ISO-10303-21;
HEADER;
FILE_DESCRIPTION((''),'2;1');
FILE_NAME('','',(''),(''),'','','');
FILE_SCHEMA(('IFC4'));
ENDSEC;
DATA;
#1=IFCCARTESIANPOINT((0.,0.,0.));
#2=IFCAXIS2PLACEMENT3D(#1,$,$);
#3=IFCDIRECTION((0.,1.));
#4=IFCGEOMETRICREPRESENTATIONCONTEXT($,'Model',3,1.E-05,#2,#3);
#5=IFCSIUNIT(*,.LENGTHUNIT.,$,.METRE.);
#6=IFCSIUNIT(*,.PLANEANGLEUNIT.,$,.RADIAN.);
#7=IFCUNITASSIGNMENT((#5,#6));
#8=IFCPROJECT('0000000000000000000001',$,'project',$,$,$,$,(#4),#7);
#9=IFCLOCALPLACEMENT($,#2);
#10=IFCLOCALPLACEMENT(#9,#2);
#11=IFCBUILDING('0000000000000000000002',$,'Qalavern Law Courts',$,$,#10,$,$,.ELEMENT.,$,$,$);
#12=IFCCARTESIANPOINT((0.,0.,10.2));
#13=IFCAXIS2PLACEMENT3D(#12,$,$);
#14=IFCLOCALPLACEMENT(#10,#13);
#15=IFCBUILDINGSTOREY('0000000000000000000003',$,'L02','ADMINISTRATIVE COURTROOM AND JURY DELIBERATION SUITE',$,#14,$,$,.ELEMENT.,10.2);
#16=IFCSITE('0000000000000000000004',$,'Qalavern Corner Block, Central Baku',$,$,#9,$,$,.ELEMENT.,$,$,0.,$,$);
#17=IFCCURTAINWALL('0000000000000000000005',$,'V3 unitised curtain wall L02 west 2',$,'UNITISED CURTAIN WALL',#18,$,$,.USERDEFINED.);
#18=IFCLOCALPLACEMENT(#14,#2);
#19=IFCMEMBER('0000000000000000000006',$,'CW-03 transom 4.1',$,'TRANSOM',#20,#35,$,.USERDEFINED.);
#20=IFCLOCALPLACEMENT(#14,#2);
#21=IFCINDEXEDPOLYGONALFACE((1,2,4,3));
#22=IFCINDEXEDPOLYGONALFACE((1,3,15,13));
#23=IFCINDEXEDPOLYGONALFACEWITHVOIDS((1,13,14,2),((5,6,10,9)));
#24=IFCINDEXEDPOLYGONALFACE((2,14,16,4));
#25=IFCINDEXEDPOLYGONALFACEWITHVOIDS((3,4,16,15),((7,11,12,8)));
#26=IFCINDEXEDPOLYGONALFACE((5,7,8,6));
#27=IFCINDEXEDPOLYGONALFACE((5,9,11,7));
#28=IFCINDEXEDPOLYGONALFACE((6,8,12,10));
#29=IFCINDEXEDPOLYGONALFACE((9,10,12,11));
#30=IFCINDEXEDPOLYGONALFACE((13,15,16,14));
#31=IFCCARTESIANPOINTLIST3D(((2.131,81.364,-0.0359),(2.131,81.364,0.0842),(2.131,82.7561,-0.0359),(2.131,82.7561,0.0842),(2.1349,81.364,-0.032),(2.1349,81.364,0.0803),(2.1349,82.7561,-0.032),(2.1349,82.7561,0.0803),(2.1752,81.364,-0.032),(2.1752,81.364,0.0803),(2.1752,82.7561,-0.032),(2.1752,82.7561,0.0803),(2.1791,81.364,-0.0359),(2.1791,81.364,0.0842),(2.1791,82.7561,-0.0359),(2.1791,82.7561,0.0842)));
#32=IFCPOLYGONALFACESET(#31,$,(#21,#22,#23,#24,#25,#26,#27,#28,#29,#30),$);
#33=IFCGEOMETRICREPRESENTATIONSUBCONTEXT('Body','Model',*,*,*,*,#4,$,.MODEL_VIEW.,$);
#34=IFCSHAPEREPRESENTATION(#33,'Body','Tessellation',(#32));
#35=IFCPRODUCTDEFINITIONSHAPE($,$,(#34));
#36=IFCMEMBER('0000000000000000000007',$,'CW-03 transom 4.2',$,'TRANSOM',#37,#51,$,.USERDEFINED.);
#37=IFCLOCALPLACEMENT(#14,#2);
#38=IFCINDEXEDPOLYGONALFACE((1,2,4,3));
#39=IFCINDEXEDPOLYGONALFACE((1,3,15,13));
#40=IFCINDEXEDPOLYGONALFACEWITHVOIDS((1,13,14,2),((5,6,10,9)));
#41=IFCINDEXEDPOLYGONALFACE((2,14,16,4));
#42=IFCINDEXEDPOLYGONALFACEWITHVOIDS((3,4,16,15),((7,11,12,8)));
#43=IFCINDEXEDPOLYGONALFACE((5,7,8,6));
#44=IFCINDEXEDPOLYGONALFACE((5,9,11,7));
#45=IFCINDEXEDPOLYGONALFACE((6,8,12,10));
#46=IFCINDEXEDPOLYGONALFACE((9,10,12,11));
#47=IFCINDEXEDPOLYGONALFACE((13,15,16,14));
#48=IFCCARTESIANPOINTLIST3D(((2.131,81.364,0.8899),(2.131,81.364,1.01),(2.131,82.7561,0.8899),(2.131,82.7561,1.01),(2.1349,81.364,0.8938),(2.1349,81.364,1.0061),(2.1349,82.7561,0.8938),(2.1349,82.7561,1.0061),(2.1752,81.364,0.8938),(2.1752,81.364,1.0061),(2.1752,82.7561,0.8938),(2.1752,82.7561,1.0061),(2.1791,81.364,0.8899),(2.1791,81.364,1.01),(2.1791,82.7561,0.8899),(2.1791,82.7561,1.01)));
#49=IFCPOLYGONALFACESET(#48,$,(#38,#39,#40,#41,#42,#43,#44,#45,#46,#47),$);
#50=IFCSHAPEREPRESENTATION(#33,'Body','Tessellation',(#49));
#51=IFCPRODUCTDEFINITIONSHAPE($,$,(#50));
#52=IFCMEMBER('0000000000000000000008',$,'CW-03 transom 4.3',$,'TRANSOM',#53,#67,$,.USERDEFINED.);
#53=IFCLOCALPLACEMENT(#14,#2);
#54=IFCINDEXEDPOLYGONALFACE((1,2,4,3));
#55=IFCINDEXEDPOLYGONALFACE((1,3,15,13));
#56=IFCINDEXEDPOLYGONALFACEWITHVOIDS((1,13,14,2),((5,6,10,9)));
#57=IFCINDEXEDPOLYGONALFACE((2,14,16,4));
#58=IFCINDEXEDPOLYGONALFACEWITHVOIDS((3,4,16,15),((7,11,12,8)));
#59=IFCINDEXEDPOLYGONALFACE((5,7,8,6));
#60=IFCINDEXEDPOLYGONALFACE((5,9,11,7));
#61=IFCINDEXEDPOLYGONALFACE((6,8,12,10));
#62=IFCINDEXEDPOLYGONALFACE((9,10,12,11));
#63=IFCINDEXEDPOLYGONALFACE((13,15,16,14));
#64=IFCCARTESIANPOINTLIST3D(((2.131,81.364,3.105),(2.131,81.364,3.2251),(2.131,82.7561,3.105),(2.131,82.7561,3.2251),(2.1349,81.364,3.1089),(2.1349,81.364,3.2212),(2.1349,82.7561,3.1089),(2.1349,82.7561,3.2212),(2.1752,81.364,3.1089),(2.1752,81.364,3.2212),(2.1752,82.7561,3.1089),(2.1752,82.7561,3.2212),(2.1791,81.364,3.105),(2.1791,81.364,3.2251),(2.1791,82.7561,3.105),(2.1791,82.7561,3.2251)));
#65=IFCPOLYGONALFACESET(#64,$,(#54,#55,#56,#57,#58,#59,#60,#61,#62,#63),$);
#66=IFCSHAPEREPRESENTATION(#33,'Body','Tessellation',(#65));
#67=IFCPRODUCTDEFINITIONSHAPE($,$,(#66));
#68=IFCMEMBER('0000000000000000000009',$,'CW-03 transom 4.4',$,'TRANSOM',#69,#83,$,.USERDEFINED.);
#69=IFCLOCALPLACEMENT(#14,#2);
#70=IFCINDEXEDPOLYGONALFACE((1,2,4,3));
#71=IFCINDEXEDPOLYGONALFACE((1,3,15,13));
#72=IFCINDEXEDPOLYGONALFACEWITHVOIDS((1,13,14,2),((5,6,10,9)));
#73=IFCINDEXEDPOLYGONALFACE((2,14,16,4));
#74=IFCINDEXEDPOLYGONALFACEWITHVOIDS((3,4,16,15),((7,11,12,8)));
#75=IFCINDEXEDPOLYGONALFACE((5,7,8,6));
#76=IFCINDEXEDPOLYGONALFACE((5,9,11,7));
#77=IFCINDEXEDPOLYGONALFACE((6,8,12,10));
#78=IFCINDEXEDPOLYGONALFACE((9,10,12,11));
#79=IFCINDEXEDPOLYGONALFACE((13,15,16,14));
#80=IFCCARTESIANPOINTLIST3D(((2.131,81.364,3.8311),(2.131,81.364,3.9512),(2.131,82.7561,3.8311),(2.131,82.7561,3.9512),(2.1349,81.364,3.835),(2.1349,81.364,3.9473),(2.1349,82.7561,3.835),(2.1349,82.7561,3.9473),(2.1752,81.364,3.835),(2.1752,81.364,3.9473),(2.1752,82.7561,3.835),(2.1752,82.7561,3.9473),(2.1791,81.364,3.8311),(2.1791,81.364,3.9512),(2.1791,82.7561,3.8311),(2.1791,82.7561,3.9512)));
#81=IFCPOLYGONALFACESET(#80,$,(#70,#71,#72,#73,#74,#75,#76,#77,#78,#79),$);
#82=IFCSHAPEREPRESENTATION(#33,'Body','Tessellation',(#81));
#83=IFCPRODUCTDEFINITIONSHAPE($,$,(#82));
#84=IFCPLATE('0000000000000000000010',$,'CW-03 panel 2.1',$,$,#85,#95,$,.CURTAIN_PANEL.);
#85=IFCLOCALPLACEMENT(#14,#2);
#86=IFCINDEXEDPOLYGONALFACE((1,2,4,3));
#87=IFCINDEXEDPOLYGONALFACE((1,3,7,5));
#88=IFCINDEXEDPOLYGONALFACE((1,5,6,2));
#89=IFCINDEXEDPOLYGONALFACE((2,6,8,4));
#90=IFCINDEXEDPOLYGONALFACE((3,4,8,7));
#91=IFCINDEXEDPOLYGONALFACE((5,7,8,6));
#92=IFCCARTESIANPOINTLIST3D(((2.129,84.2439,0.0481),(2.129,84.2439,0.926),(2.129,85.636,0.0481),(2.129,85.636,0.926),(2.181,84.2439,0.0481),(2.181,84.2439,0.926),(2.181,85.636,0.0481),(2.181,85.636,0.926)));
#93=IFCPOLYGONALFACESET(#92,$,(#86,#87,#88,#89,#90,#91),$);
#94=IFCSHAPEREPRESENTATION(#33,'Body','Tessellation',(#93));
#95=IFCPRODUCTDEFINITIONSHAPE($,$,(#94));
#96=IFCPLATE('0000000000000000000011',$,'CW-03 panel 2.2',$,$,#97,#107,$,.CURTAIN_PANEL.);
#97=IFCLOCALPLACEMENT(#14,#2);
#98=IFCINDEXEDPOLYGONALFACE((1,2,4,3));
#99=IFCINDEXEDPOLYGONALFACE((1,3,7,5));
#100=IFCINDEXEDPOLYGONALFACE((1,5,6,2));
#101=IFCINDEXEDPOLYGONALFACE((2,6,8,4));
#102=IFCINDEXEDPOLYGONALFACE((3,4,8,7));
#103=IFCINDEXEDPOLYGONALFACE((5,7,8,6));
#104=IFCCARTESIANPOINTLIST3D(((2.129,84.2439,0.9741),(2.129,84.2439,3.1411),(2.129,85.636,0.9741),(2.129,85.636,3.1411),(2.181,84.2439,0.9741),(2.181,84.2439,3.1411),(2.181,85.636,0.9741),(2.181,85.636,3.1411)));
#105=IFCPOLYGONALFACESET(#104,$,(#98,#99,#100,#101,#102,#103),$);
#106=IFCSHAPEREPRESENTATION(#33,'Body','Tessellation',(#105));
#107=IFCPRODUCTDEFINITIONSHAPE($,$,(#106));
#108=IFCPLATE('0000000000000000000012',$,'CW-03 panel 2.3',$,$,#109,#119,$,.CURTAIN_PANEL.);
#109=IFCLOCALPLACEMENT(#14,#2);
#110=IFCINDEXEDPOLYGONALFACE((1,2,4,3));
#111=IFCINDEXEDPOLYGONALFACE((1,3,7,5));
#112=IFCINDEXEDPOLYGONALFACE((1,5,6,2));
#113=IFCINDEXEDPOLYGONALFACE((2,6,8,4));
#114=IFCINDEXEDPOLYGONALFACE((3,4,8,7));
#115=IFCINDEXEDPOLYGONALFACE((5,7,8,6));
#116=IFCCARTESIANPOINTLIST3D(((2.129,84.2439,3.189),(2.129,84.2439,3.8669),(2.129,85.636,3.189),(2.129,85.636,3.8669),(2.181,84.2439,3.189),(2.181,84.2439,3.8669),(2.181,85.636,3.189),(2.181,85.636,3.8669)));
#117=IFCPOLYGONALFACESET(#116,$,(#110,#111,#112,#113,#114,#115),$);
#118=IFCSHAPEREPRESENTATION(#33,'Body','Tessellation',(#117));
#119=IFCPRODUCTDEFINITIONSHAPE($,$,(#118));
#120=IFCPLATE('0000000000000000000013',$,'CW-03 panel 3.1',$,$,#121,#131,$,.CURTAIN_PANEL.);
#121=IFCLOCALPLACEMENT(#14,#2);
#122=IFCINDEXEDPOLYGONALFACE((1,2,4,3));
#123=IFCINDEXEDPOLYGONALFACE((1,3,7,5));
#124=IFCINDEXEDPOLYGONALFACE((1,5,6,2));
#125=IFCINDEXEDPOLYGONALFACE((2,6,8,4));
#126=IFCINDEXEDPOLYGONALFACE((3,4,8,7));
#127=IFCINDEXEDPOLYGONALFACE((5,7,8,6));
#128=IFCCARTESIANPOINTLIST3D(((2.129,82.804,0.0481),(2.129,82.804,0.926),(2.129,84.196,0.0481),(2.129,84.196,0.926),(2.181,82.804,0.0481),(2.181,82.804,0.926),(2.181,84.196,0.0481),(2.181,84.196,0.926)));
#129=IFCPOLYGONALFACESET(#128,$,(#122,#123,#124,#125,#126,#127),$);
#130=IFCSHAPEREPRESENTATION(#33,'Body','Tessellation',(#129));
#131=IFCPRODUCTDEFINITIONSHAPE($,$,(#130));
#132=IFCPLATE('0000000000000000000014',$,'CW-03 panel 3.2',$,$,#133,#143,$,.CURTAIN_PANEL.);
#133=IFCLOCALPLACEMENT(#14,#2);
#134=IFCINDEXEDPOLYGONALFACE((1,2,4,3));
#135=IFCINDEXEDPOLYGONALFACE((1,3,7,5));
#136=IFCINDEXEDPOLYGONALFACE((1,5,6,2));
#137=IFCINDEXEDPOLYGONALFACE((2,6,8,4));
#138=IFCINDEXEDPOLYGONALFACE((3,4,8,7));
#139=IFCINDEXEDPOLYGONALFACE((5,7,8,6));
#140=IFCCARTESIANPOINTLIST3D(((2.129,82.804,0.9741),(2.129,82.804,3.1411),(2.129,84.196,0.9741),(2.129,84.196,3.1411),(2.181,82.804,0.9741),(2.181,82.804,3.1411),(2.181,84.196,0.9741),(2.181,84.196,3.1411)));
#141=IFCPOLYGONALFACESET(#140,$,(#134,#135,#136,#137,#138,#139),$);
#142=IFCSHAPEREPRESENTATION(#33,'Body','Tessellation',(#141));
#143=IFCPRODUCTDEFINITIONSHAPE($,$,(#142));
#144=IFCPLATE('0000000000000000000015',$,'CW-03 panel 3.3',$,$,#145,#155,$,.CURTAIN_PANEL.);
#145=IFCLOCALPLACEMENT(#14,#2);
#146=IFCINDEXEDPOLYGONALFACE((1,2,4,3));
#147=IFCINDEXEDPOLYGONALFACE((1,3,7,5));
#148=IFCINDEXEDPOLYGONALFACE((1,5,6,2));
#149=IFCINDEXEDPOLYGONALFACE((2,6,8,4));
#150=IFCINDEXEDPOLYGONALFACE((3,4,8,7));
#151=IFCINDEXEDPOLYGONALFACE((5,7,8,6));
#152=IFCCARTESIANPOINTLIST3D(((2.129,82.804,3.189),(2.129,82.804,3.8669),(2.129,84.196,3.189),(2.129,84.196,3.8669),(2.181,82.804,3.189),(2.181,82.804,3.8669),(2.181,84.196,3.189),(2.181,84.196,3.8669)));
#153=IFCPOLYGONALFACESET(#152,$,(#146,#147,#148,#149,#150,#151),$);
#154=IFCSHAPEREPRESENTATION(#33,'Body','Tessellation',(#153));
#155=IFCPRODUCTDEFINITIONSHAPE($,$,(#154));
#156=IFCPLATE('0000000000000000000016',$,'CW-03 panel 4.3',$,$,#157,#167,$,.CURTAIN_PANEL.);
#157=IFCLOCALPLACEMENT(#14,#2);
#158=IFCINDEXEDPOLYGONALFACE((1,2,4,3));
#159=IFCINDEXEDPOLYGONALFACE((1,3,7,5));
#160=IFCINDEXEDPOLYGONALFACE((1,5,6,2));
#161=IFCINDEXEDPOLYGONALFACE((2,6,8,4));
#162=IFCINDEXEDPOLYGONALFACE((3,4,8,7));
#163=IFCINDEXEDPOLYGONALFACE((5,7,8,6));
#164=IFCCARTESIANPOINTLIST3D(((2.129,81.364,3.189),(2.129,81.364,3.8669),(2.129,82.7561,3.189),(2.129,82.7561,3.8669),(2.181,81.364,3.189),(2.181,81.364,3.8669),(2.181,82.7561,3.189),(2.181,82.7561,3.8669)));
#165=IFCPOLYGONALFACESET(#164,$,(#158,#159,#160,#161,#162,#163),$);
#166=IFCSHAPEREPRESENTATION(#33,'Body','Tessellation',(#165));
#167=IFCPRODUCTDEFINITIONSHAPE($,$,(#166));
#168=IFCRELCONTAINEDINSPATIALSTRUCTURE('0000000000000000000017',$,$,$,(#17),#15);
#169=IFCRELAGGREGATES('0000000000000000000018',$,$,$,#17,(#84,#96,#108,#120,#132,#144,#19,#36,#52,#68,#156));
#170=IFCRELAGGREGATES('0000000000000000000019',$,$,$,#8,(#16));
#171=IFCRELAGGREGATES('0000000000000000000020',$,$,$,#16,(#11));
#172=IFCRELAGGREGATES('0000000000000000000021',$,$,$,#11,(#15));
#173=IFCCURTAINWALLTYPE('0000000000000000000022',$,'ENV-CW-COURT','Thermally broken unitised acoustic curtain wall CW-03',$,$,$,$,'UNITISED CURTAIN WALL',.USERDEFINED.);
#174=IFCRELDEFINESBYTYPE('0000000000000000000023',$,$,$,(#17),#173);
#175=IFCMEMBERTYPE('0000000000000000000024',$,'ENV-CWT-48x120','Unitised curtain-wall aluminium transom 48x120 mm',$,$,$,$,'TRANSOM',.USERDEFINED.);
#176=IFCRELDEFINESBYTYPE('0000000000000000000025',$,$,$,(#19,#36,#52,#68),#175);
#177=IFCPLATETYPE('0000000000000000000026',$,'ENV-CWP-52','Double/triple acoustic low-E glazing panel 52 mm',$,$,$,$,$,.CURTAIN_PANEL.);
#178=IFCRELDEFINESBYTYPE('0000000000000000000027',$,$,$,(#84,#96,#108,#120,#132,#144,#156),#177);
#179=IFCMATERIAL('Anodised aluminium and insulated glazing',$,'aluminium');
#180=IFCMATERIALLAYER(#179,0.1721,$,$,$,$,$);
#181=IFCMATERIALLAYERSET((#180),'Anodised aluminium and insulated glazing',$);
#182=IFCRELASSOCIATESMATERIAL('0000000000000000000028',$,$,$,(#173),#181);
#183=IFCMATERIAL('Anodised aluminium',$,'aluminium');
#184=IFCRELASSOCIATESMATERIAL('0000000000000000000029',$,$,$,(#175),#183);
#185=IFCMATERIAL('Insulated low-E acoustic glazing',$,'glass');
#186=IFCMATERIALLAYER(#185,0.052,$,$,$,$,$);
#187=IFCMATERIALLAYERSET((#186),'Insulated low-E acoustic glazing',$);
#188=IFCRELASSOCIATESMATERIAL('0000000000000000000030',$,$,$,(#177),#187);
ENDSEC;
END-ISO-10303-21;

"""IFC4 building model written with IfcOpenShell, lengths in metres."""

from ifc_helpers import new_model, si_unit, direction, frame, origin, origin_2d, place, context, subcontext, project, spatial, rectangle, hollow_rectangle, extrude, material, layer, layer_set, material_profile, profile_set, type_object, element, aggregate, save


model = new_model("IFC4")

# Units and contexts
model_context = context("Model", 3, precision=1e-05, world=origin(), true_north=direction((0.0, 1.0)))
body_context = subcontext(model_context, "Body", "Model", "MODEL_VIEW")
ifc_project = project(units=[si_unit("LENGTHUNIT", "METRE"), si_unit("PLANEANGLEUNIT", "RADIAN")], contexts=[model_context])

# Site, building, storey
site_placement = place(None, origin())
site = spatial("IfcSite", under=ifc_project, at=site_placement, Name="Qalavern Corner Block, Central Baku", CompositionType="ELEMENT", RefElevation=0.0)
building_placement = place(site_placement, origin())
building = spatial("IfcBuilding", under=site, at=building_placement, Name="Qalavern Law Courts", CompositionType="ELEMENT")
storey_placement = place(building_placement, frame((0.0, 0.0, 10.2)))
storey = spatial("IfcBuildingStorey", under=building, at=storey_placement, Name="L02", Description="ADMINISTRATIVE COURTROOM AND JURY DELIBERATION SUITE", CompositionType="ELEMENT", Elevation=10.2)

# Curtain wall, members, plates
ifc_material_1 = material(Name="Anodised aluminium and insulated glazing", Category="aluminium")
ifc_layer_1 = layer(ifc_material_1, 0.1721)
ifc_layer_set_1 = layer_set([ifc_layer_1], Name="Anodised aluminium and insulated glazing")
curtain_wall_type = type_object("IfcCurtainWallType", Name="ENV-CW-COURT", Description="Thermally broken unitised acoustic curtain wall CW-03", ElementType="UNITISED CURTAIN WALL", PredefinedType="USERDEFINED", material=ifc_layer_set_1)
curtain_wall_placement = place(storey_placement, origin())
curtain_wall = element("IfcCurtainWall", 1, at=curtain_wall_placement, inside=storey, type_object=curtain_wall_type, Name="V3 unitised curtain wall L02 west 2", ObjectType="UNITISED CURTAIN WALL", PredefinedType="USERDEFINED")
ifc_material_2 = material(Name="Anodised aluminium", Category="aluminium")
ifc_material_profile_1 = material_profile(ifc_material_2, hollow_rectangle(XDim=0.0481, YDim=0.1201, WallThickness=0.0039, at=origin_2d()), Name="ALU TRANSOM 48x120")
ifc_profile_set_1 = profile_set([ifc_material_profile_1], Name="Anodised aluminium")
member_type_1 = type_object("IfcMemberType", Name="ENV-CWT-48x120", Description="Unitised curtain-wall aluminium transom 48x120 mm", ElementType="TRANSOM", PredefinedType="USERDEFINED", material=ifc_profile_set_1)
member_1_placement = place(storey_placement, frame((2.155, 82.7561, 0.0242), z_axis=(0.0, -1.0, 0.0), x_axis=(1.0, 0.0, 0.0)))
member_1 = element("IfcMember", 2, at=member_1_placement, type_object=member_type_1, Name="CW-03 transom 4.1", ObjectType="TRANSOM", PredefinedType="USERDEFINED", context=body_context, shape_type="SweptSolid", body=[
    extrude(hollow_rectangle(XDim=0.0481, YDim=0.1201, WallThickness=0.0039, at=origin_2d()), origin(), (0.0, 0.0, 1.0), 1.3921),
])
member_2_placement = place(storey_placement, frame((2.155, 82.7561, 0.95), z_axis=(0.0, -1.0, 0.0), x_axis=(1.0, 0.0, 0.0)))
member_2 = element("IfcMember", 3, at=member_2_placement, type_object=member_type_1, Name="CW-03 transom 4.2", ObjectType="TRANSOM", PredefinedType="USERDEFINED", context=body_context, shape_type="SweptSolid", body=[
    extrude(hollow_rectangle(XDim=0.0481, YDim=0.1201, WallThickness=0.0039, at=origin_2d()), origin(), (0.0, 0.0, 1.0), 1.3921),
])
member_3_placement = place(storey_placement, frame((2.155, 82.7561, 3.165), z_axis=(0.0, -1.0, 0.0), x_axis=(1.0, 0.0, 0.0)))
member_3 = element("IfcMember", 4, at=member_3_placement, type_object=member_type_1, Name="CW-03 transom 4.3", ObjectType="TRANSOM", PredefinedType="USERDEFINED", context=body_context, shape_type="SweptSolid", body=[
    extrude(hollow_rectangle(XDim=0.0481, YDim=0.1201, WallThickness=0.0039, at=origin_2d()), origin(), (0.0, 0.0, 1.0), 1.3921),
])
member_4_placement = place(storey_placement, frame((2.155, 82.7561, 3.8911), z_axis=(0.0, -1.0, 0.0), x_axis=(1.0, 0.0, 0.0)))
member_4 = element("IfcMember", 5, at=member_4_placement, type_object=member_type_1, Name="CW-03 transom 4.4", ObjectType="TRANSOM", PredefinedType="USERDEFINED", context=body_context, shape_type="SweptSolid", body=[
    extrude(hollow_rectangle(XDim=0.0481, YDim=0.1201, WallThickness=0.0039, at=origin_2d()), origin(), (0.0, 0.0, 1.0), 1.3921),
])
ifc_material_3 = material(Name="Insulated low-E acoustic glazing", Category="glass")
ifc_layer_2 = layer(ifc_material_3, 0.052)
ifc_layer_set_2 = layer_set([ifc_layer_2], Name="Insulated low-E acoustic glazing")
plate_type = type_object("IfcPlateType", Name="ENV-CWP-52", Description="Double/triple acoustic low-E glazing panel 52 mm", PredefinedType="CURTAIN_PANEL", material=ifc_layer_set_2)
plate_1_placement = place(storey_placement, frame((2.155, 84.9399, 0.0481), z_axis=(0.0, 0.0, 1.0), x_axis=(0.0, -1.0, 0.0)))
plate_1 = element("IfcPlate", 6, at=plate_1_placement, type_object=plate_type, Name="CW-03 panel 2.1", PredefinedType="CURTAIN_PANEL", context=body_context, shape_type="SweptSolid", body=[
    extrude(rectangle(XDim=1.3921, YDim=0.052, at=origin_2d()), origin(), (0.0, 0.0, 1.0), 0.8779),
])
plate_2_placement = place(storey_placement, frame((2.155, 84.9399, 0.9741), z_axis=(0.0, 0.0, 1.0), x_axis=(0.0, -1.0, 0.0)))
plate_2 = element("IfcPlate", 7, at=plate_2_placement, type_object=plate_type, Name="CW-03 panel 2.2", PredefinedType="CURTAIN_PANEL", context=body_context, shape_type="SweptSolid", body=[
    extrude(rectangle(XDim=1.3921, YDim=0.052, at=origin_2d()), origin(), (0.0, 0.0, 1.0), 2.167),
])
plate_3_placement = place(storey_placement, frame((2.155, 84.9399, 3.189), z_axis=(0.0, 0.0, 1.0), x_axis=(0.0, -1.0, 0.0)))
plate_3 = element("IfcPlate", 8, at=plate_3_placement, type_object=plate_type, Name="CW-03 panel 2.3", PredefinedType="CURTAIN_PANEL", context=body_context, shape_type="SweptSolid", body=[
    extrude(rectangle(XDim=1.3921, YDim=0.052, at=origin_2d()), origin(), (0.0, 0.0, 1.0), 0.678),
])
plate_4_placement = place(storey_placement, frame((2.155, 83.5, 0.0481), z_axis=(0.0, 0.0, 1.0), x_axis=(0.0, -1.0, 0.0)))
plate_4 = element("IfcPlate", 9, at=plate_4_placement, type_object=plate_type, Name="CW-03 panel 3.1", PredefinedType="CURTAIN_PANEL", context=body_context, shape_type="SweptSolid", body=[
    extrude(rectangle(XDim=1.3921, YDim=0.052, at=origin_2d()), origin(), (0.0, 0.0, 1.0), 0.8779),
])
plate_5_placement = place(storey_placement, frame((2.155, 83.5, 0.9741), z_axis=(0.0, 0.0, 1.0), x_axis=(0.0, -1.0, 0.0)))
plate_5 = element("IfcPlate", 10, at=plate_5_placement, type_object=plate_type, Name="CW-03 panel 3.2", PredefinedType="CURTAIN_PANEL", context=body_context, shape_type="SweptSolid", body=[
    extrude(rectangle(XDim=1.3921, YDim=0.052, at=origin_2d()), origin(), (0.0, 0.0, 1.0), 2.167),
])
plate_6_placement = place(storey_placement, frame((2.155, 83.5, 3.189), z_axis=(0.0, 0.0, 1.0), x_axis=(0.0, -1.0, 0.0)))
plate_6 = element("IfcPlate", 11, at=plate_6_placement, type_object=plate_type, Name="CW-03 panel 3.3", PredefinedType="CURTAIN_PANEL", context=body_context, shape_type="SweptSolid", body=[
    extrude(rectangle(XDim=1.3921, YDim=0.052, at=origin_2d()), origin(), (0.0, 0.0, 1.0), 0.678),
])
plate_7_placement = place(storey_placement, frame((2.155, 82.0601, 3.189), z_axis=(0.0, 0.0, 1.0), x_axis=(0.0, -1.0, 0.0)))
plate_7 = element("IfcPlate", 12, at=plate_7_placement, type_object=plate_type, Name="CW-03 panel 4.3", PredefinedType="CURTAIN_PANEL", context=body_context, shape_type="SweptSolid", body=[
    extrude(rectangle(XDim=1.3921, YDim=0.052, at=origin_2d()), origin(), (0.0, 0.0, 1.0), 0.678),
])
aggregate(curtain_wall, [plate_1, plate_2, plate_3, plate_4, plate_5, plate_6, member_1, member_2, member_3, member_4, plate_7])

save(model, "model.ifc")
